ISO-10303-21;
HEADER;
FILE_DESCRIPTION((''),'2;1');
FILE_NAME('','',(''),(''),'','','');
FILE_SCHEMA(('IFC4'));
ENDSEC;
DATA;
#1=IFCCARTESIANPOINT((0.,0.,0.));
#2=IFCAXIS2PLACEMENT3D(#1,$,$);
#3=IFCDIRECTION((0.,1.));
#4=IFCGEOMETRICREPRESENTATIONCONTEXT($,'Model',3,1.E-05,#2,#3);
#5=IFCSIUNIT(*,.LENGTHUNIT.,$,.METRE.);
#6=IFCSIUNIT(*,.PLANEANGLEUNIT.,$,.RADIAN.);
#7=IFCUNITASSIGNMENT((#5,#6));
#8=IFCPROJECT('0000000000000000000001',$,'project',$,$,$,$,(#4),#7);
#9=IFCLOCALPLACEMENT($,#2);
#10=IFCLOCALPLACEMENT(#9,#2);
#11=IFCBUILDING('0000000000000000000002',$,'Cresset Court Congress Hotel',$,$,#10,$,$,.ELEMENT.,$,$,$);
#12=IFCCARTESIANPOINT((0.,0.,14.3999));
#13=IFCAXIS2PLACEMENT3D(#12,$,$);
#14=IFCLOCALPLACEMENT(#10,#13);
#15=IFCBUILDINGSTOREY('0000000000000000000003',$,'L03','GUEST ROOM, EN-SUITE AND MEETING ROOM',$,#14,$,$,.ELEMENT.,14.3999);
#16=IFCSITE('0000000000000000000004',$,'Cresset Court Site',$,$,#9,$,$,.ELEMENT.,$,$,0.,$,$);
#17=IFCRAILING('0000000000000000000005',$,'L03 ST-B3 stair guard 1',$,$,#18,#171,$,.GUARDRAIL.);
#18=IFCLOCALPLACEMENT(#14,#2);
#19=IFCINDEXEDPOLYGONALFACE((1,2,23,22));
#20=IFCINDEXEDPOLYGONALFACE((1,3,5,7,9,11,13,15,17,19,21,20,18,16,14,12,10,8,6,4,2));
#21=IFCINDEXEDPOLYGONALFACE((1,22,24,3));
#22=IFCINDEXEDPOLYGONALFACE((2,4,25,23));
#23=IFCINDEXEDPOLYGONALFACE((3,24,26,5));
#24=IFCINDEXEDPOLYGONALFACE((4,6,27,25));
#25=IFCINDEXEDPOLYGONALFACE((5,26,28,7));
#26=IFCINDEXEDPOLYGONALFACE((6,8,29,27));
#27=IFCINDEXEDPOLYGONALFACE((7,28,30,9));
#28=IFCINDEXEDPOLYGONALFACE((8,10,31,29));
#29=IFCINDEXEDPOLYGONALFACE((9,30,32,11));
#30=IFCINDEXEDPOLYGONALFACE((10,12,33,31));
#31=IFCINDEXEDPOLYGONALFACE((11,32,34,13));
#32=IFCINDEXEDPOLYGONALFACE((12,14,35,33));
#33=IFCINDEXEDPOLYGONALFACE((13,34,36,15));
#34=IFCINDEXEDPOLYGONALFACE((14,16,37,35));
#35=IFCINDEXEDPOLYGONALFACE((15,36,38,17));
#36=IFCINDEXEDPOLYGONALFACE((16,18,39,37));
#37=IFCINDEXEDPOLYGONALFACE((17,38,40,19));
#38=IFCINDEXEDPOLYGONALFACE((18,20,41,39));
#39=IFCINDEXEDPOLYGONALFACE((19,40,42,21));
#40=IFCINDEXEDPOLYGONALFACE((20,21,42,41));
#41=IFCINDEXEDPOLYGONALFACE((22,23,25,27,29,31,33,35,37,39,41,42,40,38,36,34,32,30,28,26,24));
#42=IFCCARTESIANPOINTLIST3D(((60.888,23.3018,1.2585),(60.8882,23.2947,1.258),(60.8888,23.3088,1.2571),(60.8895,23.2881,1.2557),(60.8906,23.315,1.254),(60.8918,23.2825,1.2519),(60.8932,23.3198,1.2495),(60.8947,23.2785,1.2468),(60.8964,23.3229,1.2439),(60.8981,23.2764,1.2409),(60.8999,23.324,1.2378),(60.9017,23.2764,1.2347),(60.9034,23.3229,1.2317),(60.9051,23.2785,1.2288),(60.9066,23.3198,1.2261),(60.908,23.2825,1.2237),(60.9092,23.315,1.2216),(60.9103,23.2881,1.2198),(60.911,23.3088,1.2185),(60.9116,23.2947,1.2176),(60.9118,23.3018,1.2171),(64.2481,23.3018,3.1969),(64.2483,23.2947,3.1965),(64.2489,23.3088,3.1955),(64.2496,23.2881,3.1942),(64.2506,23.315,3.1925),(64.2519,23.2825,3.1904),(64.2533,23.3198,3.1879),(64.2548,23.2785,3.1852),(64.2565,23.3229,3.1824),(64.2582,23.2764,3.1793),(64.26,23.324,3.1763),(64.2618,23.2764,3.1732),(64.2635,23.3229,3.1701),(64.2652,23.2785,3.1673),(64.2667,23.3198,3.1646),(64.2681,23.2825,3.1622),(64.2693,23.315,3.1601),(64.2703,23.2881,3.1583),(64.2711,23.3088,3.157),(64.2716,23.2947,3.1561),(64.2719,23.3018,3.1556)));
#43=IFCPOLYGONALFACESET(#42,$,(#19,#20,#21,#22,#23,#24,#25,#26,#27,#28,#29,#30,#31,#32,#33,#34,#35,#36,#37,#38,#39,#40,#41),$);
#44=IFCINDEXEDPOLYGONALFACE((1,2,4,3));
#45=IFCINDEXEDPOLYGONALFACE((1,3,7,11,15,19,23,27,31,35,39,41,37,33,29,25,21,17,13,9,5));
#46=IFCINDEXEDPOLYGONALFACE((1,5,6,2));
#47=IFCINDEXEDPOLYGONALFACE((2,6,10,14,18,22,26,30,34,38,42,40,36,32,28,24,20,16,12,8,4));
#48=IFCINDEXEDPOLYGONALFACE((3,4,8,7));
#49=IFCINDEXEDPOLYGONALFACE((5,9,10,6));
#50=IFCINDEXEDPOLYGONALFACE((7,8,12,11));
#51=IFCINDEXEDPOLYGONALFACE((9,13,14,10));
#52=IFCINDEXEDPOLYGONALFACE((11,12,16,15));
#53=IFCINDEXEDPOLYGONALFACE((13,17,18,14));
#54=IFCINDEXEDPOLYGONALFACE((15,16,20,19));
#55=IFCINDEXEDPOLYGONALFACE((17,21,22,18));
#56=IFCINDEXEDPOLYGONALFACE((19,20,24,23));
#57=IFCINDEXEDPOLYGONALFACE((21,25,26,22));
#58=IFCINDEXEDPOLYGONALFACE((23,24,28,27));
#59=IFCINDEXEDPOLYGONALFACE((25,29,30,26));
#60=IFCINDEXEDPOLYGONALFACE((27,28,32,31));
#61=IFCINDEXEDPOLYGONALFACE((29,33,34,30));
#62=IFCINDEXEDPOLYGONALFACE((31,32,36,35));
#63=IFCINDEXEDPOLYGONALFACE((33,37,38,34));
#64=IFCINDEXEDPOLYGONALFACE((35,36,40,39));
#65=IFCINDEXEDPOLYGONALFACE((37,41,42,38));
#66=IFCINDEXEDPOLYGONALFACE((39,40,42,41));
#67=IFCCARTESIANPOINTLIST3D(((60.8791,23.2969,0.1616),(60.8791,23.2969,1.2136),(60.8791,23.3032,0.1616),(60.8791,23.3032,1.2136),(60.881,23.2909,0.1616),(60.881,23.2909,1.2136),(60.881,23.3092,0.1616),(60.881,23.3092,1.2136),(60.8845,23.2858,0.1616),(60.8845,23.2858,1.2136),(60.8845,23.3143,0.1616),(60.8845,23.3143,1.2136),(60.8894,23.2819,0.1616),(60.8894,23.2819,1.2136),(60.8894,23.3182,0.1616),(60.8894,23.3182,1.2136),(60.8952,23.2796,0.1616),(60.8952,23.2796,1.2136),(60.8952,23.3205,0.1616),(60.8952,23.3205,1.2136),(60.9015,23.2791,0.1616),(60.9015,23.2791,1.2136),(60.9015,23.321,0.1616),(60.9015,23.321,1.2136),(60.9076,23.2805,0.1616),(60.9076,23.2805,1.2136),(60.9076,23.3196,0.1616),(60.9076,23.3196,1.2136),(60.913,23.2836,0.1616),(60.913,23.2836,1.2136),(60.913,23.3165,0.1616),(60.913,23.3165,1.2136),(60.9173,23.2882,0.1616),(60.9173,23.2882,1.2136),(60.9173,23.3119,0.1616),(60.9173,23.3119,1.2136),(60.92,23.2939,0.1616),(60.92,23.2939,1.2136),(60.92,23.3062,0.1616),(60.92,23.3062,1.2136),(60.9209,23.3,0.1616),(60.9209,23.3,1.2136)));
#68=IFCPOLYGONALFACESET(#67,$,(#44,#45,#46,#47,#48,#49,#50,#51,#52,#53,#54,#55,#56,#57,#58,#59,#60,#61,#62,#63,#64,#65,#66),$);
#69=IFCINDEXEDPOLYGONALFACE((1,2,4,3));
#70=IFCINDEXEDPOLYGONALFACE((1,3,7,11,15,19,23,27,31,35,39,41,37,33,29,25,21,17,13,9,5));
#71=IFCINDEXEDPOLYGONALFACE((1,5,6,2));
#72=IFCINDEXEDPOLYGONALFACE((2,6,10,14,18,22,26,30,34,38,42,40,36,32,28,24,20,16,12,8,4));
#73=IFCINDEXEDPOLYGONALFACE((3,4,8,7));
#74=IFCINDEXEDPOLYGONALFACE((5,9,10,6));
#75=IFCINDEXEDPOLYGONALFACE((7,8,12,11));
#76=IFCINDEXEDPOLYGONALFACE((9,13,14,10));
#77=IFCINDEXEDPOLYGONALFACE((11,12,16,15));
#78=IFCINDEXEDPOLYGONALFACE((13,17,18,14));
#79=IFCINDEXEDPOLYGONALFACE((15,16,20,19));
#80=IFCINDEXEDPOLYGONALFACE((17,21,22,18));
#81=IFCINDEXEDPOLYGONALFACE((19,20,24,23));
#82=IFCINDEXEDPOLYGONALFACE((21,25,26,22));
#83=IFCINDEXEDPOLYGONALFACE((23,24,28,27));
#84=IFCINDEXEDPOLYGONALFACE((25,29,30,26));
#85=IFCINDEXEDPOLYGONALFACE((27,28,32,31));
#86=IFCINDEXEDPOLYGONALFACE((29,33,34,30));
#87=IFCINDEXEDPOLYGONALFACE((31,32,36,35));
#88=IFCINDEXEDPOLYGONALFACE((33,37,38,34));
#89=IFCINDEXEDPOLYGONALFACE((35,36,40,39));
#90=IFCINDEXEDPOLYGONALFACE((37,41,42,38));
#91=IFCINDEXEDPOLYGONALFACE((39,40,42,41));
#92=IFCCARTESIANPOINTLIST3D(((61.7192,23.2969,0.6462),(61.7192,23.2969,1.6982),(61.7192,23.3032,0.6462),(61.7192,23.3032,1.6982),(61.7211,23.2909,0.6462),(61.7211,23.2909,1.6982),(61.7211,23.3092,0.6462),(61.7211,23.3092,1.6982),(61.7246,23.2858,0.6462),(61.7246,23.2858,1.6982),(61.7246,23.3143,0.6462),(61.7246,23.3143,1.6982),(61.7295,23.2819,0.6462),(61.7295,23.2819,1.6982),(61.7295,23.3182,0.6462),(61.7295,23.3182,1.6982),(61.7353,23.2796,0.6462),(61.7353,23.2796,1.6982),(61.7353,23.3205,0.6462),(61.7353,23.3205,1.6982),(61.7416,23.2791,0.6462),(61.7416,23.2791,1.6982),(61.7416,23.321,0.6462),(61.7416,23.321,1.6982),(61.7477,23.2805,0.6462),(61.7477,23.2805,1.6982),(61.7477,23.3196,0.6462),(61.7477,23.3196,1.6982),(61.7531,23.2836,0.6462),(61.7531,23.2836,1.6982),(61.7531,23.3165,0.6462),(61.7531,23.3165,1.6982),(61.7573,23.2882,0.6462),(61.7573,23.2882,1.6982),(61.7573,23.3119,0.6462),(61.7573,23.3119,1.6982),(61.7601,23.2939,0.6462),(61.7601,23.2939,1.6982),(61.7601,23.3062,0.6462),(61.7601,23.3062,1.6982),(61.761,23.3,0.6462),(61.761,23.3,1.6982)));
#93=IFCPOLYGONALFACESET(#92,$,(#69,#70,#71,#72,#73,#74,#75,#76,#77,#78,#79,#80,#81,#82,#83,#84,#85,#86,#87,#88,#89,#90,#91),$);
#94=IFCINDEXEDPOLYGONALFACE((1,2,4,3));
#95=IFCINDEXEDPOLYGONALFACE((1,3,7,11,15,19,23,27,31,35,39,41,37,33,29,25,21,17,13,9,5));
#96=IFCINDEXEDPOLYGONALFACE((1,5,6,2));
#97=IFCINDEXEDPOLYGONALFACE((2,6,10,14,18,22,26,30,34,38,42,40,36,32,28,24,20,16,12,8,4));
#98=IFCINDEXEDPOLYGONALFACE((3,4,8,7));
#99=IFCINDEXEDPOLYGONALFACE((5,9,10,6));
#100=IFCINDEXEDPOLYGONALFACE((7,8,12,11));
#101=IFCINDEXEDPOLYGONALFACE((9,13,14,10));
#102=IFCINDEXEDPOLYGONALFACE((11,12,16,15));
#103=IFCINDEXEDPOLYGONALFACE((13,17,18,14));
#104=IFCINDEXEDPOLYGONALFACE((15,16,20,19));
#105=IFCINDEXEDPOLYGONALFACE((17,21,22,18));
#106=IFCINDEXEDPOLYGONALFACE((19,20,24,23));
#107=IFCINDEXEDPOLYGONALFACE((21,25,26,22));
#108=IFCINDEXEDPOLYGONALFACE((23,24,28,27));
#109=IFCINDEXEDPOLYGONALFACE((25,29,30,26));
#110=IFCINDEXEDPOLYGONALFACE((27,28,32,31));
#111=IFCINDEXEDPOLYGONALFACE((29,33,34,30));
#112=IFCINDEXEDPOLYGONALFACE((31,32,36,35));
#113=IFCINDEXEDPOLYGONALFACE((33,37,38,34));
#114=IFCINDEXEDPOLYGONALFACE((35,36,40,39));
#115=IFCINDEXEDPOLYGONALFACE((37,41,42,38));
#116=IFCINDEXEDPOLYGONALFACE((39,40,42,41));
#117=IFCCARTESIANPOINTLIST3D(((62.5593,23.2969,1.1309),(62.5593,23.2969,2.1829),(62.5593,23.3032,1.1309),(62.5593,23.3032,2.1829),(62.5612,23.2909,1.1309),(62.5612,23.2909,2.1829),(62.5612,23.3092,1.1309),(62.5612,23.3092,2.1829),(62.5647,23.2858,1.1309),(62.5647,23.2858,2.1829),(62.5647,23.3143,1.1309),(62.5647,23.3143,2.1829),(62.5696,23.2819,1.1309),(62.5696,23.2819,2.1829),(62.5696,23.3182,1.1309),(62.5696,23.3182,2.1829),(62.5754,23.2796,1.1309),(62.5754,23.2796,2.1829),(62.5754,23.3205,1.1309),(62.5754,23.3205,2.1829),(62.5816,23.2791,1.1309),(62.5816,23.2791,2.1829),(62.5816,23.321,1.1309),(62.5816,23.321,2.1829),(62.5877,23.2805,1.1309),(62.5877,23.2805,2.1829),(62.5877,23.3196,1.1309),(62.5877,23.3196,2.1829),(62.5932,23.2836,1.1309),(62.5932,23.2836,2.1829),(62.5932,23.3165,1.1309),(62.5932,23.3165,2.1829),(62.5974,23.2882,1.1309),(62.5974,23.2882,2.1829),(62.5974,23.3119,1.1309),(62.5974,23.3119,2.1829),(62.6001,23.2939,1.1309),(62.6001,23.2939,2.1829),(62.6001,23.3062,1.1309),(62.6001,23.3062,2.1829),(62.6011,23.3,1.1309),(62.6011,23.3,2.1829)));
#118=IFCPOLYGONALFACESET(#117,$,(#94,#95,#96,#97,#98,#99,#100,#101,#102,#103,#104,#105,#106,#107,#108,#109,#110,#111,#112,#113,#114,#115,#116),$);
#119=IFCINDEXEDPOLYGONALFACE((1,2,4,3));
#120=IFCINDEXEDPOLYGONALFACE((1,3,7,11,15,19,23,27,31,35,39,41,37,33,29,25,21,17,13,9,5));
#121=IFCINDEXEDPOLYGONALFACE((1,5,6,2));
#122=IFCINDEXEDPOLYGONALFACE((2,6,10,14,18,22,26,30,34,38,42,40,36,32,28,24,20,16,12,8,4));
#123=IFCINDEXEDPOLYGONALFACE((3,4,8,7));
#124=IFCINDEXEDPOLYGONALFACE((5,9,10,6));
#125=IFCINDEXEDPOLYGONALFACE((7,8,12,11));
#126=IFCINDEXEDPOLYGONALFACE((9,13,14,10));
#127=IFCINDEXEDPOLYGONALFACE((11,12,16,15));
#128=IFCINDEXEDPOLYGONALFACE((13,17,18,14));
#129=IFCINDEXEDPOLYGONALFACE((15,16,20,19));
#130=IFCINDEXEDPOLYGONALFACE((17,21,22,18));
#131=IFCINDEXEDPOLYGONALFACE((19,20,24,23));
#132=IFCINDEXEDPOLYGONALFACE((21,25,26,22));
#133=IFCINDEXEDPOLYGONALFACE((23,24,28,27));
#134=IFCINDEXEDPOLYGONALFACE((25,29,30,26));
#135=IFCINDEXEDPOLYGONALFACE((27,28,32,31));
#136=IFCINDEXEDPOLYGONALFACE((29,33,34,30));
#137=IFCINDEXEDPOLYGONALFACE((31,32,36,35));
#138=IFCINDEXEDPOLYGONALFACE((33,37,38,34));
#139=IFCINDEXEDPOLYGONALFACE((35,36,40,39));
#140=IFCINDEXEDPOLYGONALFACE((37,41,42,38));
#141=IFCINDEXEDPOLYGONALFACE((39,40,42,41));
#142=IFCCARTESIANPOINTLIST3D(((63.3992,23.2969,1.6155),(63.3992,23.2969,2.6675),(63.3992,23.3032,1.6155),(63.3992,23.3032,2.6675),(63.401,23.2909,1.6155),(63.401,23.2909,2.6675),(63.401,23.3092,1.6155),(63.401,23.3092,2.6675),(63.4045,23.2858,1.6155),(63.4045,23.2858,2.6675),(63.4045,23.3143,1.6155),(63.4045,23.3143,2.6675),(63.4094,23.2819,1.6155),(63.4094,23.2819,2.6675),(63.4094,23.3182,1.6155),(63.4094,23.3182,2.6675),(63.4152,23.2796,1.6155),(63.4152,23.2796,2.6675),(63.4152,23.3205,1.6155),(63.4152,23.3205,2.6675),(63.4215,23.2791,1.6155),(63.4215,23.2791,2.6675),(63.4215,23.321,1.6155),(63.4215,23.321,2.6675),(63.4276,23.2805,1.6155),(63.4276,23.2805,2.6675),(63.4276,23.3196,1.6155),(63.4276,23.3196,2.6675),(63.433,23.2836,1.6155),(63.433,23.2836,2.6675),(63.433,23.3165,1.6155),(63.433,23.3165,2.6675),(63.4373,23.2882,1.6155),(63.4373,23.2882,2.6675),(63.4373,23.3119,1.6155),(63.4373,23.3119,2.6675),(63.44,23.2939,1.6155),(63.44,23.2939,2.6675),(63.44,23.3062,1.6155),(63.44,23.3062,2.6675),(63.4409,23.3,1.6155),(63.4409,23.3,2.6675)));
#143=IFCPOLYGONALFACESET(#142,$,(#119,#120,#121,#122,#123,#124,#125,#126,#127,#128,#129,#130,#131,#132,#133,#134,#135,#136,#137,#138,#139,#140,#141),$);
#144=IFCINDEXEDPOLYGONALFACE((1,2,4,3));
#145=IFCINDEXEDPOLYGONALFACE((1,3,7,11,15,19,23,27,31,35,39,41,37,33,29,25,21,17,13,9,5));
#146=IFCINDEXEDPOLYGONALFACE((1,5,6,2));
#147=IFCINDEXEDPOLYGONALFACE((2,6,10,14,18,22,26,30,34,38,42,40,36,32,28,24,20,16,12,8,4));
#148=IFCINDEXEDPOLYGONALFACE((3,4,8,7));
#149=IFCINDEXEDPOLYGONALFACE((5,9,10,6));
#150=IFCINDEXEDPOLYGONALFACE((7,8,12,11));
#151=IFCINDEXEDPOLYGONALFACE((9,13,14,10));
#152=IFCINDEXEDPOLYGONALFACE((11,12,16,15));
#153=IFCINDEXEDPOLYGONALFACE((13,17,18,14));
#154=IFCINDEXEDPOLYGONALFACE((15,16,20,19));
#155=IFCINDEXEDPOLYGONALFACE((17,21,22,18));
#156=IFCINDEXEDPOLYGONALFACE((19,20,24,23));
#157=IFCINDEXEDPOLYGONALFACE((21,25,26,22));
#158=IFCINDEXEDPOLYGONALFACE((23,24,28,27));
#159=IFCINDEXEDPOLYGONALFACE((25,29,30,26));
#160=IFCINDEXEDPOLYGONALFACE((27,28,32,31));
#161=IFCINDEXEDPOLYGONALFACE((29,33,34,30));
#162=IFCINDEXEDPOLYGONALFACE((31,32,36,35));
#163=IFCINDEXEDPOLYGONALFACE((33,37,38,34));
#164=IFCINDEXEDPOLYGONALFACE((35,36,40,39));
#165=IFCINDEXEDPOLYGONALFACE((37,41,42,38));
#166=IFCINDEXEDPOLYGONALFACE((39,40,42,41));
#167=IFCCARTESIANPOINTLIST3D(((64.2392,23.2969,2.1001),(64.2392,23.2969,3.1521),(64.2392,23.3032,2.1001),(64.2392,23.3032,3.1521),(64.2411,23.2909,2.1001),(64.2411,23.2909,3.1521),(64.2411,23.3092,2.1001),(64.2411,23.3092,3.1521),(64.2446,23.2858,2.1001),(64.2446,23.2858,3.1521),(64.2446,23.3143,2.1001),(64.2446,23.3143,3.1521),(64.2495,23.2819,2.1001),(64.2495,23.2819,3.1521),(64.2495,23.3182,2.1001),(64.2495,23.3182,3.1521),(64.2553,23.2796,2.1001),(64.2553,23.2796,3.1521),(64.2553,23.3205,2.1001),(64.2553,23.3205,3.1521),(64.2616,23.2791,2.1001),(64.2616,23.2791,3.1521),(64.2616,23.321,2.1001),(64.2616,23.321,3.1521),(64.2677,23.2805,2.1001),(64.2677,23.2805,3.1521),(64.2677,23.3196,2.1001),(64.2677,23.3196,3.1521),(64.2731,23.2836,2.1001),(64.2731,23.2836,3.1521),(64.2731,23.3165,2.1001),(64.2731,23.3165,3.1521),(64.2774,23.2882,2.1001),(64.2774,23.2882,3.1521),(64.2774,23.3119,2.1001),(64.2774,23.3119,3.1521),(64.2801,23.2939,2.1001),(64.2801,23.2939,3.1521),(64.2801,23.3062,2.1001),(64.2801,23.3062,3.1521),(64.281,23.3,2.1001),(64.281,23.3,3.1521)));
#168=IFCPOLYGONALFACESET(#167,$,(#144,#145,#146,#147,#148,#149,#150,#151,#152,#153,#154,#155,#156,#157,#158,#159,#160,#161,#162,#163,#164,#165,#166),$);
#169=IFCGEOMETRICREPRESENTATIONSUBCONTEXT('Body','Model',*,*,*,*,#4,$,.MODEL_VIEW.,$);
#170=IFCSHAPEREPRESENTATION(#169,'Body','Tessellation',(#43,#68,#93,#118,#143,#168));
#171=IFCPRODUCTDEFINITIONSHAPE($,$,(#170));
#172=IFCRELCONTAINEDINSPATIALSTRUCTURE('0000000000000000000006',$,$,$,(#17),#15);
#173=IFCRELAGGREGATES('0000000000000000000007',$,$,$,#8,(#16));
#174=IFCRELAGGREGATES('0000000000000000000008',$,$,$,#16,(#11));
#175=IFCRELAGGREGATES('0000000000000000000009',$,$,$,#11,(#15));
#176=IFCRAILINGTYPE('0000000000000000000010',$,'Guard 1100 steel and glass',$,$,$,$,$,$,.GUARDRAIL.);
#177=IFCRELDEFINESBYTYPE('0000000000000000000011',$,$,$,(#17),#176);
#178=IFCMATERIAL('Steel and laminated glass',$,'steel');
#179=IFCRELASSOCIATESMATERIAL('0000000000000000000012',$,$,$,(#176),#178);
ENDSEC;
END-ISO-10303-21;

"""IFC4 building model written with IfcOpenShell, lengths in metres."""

from ifc_helpers import new_model, si_unit, direction, frame, origin, origin_2d, place, context, subcontext, project, spatial, circle, extrude, material, type_object, element, save


model = new_model("IFC4")

# Units and contexts
model_context = context("Model", 3, precision=1e-05, world=origin(), true_north=direction((0.0, 1.0)))
body_context = subcontext(model_context, "Body", "Model", "MODEL_VIEW")
ifc_project = project(units=[si_unit("LENGTHUNIT", "METRE"), si_unit("PLANEANGLEUNIT", "RADIAN")], contexts=[model_context])

# Site, building, storey
site_placement = place(None, origin())
site = spatial("IfcSite", under=ifc_project, at=site_placement, Name="Cresset Court Site", CompositionType="ELEMENT", RefElevation=0.0)
building_placement = place(site_placement, origin())
building = spatial("IfcBuilding", under=site, at=building_placement, Name="Cresset Court Congress Hotel", CompositionType="ELEMENT")
storey_placement = place(building_placement, frame((0.0, 0.0, 14.3999)))
storey = spatial("IfcBuildingStorey", under=building, at=storey_placement, Name="L03", Description="GUEST ROOM, EN-SUITE AND MEETING ROOM", CompositionType="ELEMENT", Elevation=14.3999)

# Railing
ifc_material_1 = material(Name="Steel and laminated glass", Category="steel")
railing_type_1 = type_object("IfcRailingType", Name="Guard 1100 steel and glass", PredefinedType="GUARDRAIL", material=ifc_material_1)
railing_1_placement = place(storey_placement, frame((60.8999, 23.3, 0.1616)))
element("IfcRailing", 1, at=railing_1_placement, inside=storey, type_object=railing_type_1, Name="L03 ST-B3 stair guard 1", PredefinedType="GUARDRAIL", context=body_context, shape_type="SweptSolid", body=[
    extrude(circle(Radius=0.0239, at=origin_2d()), frame((0.0, 0.0, 1.0762), z_axis=(0.866191, 0.0, 0.499713), x_axis=(0.0, 1.0, 0.0)), (0.0, 0.0, 1.0), 3.8792),
    extrude(circle(Radius=0.021, at=origin_2d()), origin(), (0.0, 0.0, 1.0), 1.052),
    extrude(circle(Radius=0.021, at=origin_2d()), frame((0.8401, 0.0, 0.4846)), (0.0, 0.0, 1.0), 1.052),
    extrude(circle(Radius=0.021, at=origin_2d()), frame((1.6802, 0.0, 0.9692)), (0.0, 0.0, 1.0), 1.052),
    extrude(circle(Radius=0.021, at=origin_2d()), frame((2.52, 0.0, 1.4539)), (0.0, 0.0, 1.0), 1.052),
    extrude(circle(Radius=0.021, at=origin_2d()), frame((3.3601, 0.0, 1.9385)), (0.0, 0.0, 1.0), 1.052),
])

save(model, "model.ifc")
